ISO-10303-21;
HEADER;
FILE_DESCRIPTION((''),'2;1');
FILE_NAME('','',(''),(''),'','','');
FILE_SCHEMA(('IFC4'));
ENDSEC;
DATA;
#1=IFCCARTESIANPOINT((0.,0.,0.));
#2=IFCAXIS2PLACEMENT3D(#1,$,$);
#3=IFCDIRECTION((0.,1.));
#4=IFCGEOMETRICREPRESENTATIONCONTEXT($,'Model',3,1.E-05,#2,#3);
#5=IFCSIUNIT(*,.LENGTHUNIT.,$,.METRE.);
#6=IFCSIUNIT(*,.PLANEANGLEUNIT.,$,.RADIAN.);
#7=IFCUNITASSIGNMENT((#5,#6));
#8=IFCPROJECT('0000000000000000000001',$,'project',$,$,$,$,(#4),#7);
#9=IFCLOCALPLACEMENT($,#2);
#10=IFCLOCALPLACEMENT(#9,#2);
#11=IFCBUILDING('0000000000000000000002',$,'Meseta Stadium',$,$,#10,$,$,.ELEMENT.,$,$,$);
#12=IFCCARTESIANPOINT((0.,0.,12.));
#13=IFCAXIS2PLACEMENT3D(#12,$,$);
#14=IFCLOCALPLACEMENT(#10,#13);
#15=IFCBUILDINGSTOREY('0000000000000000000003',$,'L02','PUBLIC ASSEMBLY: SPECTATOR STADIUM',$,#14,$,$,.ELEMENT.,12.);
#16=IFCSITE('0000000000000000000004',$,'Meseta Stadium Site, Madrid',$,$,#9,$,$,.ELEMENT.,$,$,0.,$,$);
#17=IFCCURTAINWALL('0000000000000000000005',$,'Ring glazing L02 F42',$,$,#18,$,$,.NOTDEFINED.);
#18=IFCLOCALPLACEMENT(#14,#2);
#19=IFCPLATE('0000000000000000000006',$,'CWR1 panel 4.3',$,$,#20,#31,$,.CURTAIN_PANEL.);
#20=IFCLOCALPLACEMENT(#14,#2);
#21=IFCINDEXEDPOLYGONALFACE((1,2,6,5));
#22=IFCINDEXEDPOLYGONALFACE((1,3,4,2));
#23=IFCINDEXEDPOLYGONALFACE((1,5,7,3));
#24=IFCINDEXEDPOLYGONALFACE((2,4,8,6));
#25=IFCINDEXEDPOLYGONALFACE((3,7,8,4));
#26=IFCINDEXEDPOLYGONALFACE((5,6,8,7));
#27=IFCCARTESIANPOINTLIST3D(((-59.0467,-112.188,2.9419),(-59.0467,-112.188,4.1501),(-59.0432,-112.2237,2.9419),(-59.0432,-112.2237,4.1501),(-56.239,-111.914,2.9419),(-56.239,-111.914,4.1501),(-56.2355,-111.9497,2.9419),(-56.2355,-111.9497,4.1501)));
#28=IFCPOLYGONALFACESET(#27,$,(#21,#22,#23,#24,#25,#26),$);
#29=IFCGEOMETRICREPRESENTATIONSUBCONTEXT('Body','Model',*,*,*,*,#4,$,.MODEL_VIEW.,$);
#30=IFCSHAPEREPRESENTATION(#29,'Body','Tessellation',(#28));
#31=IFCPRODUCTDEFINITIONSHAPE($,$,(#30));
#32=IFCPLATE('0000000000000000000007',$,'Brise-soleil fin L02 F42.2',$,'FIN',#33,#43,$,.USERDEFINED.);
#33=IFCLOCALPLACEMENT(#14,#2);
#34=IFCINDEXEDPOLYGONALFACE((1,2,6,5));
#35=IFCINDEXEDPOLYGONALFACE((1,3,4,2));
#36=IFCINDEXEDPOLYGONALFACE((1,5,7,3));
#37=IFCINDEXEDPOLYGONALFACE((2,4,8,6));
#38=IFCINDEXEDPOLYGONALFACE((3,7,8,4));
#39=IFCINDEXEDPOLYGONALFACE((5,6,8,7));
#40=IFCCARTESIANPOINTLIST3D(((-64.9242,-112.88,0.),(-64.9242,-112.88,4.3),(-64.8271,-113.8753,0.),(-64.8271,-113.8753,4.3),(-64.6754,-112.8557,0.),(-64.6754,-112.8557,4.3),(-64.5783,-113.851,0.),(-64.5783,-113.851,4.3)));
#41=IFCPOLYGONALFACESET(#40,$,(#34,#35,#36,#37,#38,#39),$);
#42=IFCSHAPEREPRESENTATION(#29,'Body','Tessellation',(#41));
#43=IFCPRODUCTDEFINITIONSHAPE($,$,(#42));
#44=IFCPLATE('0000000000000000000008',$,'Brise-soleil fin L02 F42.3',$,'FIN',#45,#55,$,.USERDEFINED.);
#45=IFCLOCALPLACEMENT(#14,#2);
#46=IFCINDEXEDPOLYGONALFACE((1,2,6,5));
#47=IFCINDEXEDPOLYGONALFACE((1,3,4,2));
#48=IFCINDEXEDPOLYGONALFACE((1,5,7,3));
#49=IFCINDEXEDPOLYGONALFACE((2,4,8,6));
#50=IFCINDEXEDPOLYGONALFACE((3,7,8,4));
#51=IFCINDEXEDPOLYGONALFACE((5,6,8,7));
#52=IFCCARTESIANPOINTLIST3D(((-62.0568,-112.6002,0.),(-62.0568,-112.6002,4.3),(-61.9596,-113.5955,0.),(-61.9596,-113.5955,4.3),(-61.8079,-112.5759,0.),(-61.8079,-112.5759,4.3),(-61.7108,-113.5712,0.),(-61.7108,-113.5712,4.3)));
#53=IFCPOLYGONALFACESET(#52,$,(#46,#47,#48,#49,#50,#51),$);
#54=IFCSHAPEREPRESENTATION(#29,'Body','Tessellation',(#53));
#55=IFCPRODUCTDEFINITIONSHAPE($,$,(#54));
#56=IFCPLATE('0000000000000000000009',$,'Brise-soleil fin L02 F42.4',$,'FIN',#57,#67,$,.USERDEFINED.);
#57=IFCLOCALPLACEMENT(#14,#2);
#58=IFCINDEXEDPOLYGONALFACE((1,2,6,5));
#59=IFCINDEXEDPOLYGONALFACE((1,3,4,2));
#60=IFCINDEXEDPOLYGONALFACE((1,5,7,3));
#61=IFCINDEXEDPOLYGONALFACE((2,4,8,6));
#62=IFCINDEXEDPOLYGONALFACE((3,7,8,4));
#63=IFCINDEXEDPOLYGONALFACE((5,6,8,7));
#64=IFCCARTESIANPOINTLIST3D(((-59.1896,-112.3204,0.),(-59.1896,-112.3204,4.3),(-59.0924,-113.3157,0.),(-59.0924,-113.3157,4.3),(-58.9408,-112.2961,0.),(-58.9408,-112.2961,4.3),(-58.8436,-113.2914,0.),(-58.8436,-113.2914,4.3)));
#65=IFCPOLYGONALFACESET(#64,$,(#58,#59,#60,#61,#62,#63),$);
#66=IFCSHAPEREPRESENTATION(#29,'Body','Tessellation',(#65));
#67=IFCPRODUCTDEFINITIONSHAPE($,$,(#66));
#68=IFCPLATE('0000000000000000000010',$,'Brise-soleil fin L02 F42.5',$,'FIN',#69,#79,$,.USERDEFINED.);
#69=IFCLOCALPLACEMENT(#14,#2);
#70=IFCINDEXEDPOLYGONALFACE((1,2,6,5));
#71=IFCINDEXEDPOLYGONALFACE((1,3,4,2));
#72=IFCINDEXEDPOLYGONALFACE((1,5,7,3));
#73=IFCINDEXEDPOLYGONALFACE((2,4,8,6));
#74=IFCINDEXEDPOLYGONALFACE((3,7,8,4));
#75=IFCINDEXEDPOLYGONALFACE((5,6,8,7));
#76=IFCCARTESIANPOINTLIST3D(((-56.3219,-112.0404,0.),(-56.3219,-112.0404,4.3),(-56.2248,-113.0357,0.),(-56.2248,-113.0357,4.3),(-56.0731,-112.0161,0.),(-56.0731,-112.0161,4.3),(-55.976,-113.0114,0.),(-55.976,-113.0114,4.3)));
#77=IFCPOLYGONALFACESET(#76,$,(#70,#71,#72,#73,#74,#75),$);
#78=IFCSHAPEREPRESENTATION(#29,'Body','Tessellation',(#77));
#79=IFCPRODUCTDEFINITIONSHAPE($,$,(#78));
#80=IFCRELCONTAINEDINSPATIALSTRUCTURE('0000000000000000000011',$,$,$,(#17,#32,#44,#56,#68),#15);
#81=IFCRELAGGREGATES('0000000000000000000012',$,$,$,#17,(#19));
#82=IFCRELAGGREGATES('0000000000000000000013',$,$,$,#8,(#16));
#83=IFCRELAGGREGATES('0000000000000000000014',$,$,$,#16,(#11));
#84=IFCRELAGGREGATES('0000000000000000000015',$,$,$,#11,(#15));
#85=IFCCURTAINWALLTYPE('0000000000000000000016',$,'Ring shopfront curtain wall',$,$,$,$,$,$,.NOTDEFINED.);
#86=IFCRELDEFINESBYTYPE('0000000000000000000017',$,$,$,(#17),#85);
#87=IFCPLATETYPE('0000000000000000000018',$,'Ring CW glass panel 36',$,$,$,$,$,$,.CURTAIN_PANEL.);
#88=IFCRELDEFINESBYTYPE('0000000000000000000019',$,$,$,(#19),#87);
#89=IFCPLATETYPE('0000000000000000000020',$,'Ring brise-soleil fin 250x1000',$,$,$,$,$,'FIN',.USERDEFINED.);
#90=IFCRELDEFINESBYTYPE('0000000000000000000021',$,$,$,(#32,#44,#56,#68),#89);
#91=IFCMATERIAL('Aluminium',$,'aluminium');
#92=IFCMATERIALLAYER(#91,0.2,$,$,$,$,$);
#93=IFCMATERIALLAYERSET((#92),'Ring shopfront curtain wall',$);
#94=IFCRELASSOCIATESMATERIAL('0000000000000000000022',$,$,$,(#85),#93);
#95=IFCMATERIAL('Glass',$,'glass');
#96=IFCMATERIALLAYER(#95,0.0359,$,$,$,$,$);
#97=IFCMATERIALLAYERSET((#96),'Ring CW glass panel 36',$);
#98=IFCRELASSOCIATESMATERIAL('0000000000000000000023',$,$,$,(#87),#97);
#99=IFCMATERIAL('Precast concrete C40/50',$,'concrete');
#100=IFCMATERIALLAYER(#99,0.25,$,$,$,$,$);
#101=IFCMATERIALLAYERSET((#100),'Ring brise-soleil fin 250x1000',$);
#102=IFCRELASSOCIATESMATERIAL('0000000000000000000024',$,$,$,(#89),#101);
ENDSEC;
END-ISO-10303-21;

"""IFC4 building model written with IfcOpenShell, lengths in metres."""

from ifc_helpers import new_model, si_unit, direction, frame, origin, origin_2d, place, context, subcontext, project, spatial, rectangle, extrude, material, layer, layer_set, type_object, element, aggregate, save


model = new_model("IFC4")

# Units and contexts
model_context = context("Model", 3, precision=1e-05, world=origin(), true_north=direction((0.0, 1.0)))
body_context = subcontext(model_context, "Body", "Model", "MODEL_VIEW")
ifc_project = project(units=[si_unit("LENGTHUNIT", "METRE"), si_unit("PLANEANGLEUNIT", "RADIAN")], contexts=[model_context])

# Site, building, storey
site_placement = place(None, origin())
site = spatial("IfcSite", under=ifc_project, at=site_placement, Name="Meseta Stadium Site, Madrid", CompositionType="ELEMENT", RefElevation=0.0)
building_placement = place(site_placement, origin())
building = spatial("IfcBuilding", under=site, at=building_placement, Name="Meseta Stadium", CompositionType="ELEMENT")
storey_placement = place(building_placement, frame((0.0, 0.0, 12.0)))
storey = spatial("IfcBuildingStorey", under=building, at=storey_placement, Name="L02", Description="PUBLIC ASSEMBLY: SPECTATOR STADIUM", CompositionType="ELEMENT", Elevation=12.0)

# Curtain wall, plate
ifc_material_1 = material(Name="Aluminium", Category="aluminium")
ifc_layer_1 = layer(ifc_material_1, 0.2)
ifc_layer_set_1 = layer_set([ifc_layer_1], Name="Ring shopfront curtain wall")
curtain_wall_type = type_object("IfcCurtainWallType", Name="Ring shopfront curtain wall", PredefinedType="NOTDEFINED", material=ifc_layer_set_1)
curtain_wall_placement = place(storey_placement, origin())
curtain_wall = element("IfcCurtainWall", 1, at=curtain_wall_placement, inside=storey, type_object=curtain_wall_type, Name="Ring glazing L02 F42", PredefinedType="NOTDEFINED")
ifc_material_2 = material(Name="Glass", Category="glass")
ifc_layer_2 = layer(ifc_material_2, 0.0359)
ifc_layer_set_2 = layer_set([ifc_layer_2], Name="Ring CW glass panel 36")
plate_type_1 = type_object("IfcPlateType", Name="Ring CW glass panel 36", PredefinedType="CURTAIN_PANEL", material=ifc_layer_set_2)
plate_1_placement = place(storey_placement, frame((-57.6411, -112.0688, 2.9419), z_axis=(0.0, 0.0, 1.0), x_axis=(0.995272, 0.097125, 0.0)))
plate_1 = element("IfcPlate", 2, at=plate_1_placement, type_object=plate_type_1, Name="CWR1 panel 4.3", PredefinedType="CURTAIN_PANEL", context=body_context, shape_type="SweptSolid", body=[
    extrude(rectangle(XDim=2.821, YDim=0.0359, at=origin_2d()), origin(), (0.0, 0.0, 1.0), 1.2083),
])
aggregate(curtain_wall, [plate_1])

# Plates
ifc_material_3 = material(Name="Precast concrete C40/50", Category="concrete")
ifc_layer_3 = layer(ifc_material_3, 0.25)
ifc_layer_set_3 = layer_set([ifc_layer_3], Name="Ring brise-soleil fin 250x1000")
plate_type_2 = type_object("IfcPlateType", Name="Ring brise-soleil fin 250x1000", ElementType="FIN", PredefinedType="USERDEFINED", material=ifc_layer_set_3)
for number, where, z_axis, x_axis, name in (
    (3, (-64.7512, -113.3655, 0.0), (0.0, 0.0, 1.0), (0.995272, 0.097123, 0.0), "Brise-soleil fin L02 F42.2"),
    (4, (-61.8838, -113.0857, 0.0), (0.0, 0.0, 1.0), (0.995272, 0.097123, 0.0), "Brise-soleil fin L02 F42.3"),
    (5, (-59.0166, -112.8059, 0.0), (0.0, 0.0, 1.0), (0.995272, 0.097123, 0.0), "Brise-soleil fin L02 F42.4"),
    (6, (-56.1489, -112.5259, 0.0), (0.0, 0.0, 1.0), (0.995272, 0.097123, 0.0), "Brise-soleil fin L02 F42.5"),
):
    element("IfcPlate", number, at=place(storey_placement, frame(where, z_axis=z_axis, x_axis=x_axis)), inside=storey, type_object=plate_type_2, Name=name, ObjectType="FIN", PredefinedType="USERDEFINED", context=body_context, shape_type="SweptSolid", body=[
        extrude(rectangle(XDim=0.25, YDim=1.0, at=origin_2d()), origin(), (0.0, 0.0, 1.0), 4.3),
    ])

save(model, "model.ifc")
